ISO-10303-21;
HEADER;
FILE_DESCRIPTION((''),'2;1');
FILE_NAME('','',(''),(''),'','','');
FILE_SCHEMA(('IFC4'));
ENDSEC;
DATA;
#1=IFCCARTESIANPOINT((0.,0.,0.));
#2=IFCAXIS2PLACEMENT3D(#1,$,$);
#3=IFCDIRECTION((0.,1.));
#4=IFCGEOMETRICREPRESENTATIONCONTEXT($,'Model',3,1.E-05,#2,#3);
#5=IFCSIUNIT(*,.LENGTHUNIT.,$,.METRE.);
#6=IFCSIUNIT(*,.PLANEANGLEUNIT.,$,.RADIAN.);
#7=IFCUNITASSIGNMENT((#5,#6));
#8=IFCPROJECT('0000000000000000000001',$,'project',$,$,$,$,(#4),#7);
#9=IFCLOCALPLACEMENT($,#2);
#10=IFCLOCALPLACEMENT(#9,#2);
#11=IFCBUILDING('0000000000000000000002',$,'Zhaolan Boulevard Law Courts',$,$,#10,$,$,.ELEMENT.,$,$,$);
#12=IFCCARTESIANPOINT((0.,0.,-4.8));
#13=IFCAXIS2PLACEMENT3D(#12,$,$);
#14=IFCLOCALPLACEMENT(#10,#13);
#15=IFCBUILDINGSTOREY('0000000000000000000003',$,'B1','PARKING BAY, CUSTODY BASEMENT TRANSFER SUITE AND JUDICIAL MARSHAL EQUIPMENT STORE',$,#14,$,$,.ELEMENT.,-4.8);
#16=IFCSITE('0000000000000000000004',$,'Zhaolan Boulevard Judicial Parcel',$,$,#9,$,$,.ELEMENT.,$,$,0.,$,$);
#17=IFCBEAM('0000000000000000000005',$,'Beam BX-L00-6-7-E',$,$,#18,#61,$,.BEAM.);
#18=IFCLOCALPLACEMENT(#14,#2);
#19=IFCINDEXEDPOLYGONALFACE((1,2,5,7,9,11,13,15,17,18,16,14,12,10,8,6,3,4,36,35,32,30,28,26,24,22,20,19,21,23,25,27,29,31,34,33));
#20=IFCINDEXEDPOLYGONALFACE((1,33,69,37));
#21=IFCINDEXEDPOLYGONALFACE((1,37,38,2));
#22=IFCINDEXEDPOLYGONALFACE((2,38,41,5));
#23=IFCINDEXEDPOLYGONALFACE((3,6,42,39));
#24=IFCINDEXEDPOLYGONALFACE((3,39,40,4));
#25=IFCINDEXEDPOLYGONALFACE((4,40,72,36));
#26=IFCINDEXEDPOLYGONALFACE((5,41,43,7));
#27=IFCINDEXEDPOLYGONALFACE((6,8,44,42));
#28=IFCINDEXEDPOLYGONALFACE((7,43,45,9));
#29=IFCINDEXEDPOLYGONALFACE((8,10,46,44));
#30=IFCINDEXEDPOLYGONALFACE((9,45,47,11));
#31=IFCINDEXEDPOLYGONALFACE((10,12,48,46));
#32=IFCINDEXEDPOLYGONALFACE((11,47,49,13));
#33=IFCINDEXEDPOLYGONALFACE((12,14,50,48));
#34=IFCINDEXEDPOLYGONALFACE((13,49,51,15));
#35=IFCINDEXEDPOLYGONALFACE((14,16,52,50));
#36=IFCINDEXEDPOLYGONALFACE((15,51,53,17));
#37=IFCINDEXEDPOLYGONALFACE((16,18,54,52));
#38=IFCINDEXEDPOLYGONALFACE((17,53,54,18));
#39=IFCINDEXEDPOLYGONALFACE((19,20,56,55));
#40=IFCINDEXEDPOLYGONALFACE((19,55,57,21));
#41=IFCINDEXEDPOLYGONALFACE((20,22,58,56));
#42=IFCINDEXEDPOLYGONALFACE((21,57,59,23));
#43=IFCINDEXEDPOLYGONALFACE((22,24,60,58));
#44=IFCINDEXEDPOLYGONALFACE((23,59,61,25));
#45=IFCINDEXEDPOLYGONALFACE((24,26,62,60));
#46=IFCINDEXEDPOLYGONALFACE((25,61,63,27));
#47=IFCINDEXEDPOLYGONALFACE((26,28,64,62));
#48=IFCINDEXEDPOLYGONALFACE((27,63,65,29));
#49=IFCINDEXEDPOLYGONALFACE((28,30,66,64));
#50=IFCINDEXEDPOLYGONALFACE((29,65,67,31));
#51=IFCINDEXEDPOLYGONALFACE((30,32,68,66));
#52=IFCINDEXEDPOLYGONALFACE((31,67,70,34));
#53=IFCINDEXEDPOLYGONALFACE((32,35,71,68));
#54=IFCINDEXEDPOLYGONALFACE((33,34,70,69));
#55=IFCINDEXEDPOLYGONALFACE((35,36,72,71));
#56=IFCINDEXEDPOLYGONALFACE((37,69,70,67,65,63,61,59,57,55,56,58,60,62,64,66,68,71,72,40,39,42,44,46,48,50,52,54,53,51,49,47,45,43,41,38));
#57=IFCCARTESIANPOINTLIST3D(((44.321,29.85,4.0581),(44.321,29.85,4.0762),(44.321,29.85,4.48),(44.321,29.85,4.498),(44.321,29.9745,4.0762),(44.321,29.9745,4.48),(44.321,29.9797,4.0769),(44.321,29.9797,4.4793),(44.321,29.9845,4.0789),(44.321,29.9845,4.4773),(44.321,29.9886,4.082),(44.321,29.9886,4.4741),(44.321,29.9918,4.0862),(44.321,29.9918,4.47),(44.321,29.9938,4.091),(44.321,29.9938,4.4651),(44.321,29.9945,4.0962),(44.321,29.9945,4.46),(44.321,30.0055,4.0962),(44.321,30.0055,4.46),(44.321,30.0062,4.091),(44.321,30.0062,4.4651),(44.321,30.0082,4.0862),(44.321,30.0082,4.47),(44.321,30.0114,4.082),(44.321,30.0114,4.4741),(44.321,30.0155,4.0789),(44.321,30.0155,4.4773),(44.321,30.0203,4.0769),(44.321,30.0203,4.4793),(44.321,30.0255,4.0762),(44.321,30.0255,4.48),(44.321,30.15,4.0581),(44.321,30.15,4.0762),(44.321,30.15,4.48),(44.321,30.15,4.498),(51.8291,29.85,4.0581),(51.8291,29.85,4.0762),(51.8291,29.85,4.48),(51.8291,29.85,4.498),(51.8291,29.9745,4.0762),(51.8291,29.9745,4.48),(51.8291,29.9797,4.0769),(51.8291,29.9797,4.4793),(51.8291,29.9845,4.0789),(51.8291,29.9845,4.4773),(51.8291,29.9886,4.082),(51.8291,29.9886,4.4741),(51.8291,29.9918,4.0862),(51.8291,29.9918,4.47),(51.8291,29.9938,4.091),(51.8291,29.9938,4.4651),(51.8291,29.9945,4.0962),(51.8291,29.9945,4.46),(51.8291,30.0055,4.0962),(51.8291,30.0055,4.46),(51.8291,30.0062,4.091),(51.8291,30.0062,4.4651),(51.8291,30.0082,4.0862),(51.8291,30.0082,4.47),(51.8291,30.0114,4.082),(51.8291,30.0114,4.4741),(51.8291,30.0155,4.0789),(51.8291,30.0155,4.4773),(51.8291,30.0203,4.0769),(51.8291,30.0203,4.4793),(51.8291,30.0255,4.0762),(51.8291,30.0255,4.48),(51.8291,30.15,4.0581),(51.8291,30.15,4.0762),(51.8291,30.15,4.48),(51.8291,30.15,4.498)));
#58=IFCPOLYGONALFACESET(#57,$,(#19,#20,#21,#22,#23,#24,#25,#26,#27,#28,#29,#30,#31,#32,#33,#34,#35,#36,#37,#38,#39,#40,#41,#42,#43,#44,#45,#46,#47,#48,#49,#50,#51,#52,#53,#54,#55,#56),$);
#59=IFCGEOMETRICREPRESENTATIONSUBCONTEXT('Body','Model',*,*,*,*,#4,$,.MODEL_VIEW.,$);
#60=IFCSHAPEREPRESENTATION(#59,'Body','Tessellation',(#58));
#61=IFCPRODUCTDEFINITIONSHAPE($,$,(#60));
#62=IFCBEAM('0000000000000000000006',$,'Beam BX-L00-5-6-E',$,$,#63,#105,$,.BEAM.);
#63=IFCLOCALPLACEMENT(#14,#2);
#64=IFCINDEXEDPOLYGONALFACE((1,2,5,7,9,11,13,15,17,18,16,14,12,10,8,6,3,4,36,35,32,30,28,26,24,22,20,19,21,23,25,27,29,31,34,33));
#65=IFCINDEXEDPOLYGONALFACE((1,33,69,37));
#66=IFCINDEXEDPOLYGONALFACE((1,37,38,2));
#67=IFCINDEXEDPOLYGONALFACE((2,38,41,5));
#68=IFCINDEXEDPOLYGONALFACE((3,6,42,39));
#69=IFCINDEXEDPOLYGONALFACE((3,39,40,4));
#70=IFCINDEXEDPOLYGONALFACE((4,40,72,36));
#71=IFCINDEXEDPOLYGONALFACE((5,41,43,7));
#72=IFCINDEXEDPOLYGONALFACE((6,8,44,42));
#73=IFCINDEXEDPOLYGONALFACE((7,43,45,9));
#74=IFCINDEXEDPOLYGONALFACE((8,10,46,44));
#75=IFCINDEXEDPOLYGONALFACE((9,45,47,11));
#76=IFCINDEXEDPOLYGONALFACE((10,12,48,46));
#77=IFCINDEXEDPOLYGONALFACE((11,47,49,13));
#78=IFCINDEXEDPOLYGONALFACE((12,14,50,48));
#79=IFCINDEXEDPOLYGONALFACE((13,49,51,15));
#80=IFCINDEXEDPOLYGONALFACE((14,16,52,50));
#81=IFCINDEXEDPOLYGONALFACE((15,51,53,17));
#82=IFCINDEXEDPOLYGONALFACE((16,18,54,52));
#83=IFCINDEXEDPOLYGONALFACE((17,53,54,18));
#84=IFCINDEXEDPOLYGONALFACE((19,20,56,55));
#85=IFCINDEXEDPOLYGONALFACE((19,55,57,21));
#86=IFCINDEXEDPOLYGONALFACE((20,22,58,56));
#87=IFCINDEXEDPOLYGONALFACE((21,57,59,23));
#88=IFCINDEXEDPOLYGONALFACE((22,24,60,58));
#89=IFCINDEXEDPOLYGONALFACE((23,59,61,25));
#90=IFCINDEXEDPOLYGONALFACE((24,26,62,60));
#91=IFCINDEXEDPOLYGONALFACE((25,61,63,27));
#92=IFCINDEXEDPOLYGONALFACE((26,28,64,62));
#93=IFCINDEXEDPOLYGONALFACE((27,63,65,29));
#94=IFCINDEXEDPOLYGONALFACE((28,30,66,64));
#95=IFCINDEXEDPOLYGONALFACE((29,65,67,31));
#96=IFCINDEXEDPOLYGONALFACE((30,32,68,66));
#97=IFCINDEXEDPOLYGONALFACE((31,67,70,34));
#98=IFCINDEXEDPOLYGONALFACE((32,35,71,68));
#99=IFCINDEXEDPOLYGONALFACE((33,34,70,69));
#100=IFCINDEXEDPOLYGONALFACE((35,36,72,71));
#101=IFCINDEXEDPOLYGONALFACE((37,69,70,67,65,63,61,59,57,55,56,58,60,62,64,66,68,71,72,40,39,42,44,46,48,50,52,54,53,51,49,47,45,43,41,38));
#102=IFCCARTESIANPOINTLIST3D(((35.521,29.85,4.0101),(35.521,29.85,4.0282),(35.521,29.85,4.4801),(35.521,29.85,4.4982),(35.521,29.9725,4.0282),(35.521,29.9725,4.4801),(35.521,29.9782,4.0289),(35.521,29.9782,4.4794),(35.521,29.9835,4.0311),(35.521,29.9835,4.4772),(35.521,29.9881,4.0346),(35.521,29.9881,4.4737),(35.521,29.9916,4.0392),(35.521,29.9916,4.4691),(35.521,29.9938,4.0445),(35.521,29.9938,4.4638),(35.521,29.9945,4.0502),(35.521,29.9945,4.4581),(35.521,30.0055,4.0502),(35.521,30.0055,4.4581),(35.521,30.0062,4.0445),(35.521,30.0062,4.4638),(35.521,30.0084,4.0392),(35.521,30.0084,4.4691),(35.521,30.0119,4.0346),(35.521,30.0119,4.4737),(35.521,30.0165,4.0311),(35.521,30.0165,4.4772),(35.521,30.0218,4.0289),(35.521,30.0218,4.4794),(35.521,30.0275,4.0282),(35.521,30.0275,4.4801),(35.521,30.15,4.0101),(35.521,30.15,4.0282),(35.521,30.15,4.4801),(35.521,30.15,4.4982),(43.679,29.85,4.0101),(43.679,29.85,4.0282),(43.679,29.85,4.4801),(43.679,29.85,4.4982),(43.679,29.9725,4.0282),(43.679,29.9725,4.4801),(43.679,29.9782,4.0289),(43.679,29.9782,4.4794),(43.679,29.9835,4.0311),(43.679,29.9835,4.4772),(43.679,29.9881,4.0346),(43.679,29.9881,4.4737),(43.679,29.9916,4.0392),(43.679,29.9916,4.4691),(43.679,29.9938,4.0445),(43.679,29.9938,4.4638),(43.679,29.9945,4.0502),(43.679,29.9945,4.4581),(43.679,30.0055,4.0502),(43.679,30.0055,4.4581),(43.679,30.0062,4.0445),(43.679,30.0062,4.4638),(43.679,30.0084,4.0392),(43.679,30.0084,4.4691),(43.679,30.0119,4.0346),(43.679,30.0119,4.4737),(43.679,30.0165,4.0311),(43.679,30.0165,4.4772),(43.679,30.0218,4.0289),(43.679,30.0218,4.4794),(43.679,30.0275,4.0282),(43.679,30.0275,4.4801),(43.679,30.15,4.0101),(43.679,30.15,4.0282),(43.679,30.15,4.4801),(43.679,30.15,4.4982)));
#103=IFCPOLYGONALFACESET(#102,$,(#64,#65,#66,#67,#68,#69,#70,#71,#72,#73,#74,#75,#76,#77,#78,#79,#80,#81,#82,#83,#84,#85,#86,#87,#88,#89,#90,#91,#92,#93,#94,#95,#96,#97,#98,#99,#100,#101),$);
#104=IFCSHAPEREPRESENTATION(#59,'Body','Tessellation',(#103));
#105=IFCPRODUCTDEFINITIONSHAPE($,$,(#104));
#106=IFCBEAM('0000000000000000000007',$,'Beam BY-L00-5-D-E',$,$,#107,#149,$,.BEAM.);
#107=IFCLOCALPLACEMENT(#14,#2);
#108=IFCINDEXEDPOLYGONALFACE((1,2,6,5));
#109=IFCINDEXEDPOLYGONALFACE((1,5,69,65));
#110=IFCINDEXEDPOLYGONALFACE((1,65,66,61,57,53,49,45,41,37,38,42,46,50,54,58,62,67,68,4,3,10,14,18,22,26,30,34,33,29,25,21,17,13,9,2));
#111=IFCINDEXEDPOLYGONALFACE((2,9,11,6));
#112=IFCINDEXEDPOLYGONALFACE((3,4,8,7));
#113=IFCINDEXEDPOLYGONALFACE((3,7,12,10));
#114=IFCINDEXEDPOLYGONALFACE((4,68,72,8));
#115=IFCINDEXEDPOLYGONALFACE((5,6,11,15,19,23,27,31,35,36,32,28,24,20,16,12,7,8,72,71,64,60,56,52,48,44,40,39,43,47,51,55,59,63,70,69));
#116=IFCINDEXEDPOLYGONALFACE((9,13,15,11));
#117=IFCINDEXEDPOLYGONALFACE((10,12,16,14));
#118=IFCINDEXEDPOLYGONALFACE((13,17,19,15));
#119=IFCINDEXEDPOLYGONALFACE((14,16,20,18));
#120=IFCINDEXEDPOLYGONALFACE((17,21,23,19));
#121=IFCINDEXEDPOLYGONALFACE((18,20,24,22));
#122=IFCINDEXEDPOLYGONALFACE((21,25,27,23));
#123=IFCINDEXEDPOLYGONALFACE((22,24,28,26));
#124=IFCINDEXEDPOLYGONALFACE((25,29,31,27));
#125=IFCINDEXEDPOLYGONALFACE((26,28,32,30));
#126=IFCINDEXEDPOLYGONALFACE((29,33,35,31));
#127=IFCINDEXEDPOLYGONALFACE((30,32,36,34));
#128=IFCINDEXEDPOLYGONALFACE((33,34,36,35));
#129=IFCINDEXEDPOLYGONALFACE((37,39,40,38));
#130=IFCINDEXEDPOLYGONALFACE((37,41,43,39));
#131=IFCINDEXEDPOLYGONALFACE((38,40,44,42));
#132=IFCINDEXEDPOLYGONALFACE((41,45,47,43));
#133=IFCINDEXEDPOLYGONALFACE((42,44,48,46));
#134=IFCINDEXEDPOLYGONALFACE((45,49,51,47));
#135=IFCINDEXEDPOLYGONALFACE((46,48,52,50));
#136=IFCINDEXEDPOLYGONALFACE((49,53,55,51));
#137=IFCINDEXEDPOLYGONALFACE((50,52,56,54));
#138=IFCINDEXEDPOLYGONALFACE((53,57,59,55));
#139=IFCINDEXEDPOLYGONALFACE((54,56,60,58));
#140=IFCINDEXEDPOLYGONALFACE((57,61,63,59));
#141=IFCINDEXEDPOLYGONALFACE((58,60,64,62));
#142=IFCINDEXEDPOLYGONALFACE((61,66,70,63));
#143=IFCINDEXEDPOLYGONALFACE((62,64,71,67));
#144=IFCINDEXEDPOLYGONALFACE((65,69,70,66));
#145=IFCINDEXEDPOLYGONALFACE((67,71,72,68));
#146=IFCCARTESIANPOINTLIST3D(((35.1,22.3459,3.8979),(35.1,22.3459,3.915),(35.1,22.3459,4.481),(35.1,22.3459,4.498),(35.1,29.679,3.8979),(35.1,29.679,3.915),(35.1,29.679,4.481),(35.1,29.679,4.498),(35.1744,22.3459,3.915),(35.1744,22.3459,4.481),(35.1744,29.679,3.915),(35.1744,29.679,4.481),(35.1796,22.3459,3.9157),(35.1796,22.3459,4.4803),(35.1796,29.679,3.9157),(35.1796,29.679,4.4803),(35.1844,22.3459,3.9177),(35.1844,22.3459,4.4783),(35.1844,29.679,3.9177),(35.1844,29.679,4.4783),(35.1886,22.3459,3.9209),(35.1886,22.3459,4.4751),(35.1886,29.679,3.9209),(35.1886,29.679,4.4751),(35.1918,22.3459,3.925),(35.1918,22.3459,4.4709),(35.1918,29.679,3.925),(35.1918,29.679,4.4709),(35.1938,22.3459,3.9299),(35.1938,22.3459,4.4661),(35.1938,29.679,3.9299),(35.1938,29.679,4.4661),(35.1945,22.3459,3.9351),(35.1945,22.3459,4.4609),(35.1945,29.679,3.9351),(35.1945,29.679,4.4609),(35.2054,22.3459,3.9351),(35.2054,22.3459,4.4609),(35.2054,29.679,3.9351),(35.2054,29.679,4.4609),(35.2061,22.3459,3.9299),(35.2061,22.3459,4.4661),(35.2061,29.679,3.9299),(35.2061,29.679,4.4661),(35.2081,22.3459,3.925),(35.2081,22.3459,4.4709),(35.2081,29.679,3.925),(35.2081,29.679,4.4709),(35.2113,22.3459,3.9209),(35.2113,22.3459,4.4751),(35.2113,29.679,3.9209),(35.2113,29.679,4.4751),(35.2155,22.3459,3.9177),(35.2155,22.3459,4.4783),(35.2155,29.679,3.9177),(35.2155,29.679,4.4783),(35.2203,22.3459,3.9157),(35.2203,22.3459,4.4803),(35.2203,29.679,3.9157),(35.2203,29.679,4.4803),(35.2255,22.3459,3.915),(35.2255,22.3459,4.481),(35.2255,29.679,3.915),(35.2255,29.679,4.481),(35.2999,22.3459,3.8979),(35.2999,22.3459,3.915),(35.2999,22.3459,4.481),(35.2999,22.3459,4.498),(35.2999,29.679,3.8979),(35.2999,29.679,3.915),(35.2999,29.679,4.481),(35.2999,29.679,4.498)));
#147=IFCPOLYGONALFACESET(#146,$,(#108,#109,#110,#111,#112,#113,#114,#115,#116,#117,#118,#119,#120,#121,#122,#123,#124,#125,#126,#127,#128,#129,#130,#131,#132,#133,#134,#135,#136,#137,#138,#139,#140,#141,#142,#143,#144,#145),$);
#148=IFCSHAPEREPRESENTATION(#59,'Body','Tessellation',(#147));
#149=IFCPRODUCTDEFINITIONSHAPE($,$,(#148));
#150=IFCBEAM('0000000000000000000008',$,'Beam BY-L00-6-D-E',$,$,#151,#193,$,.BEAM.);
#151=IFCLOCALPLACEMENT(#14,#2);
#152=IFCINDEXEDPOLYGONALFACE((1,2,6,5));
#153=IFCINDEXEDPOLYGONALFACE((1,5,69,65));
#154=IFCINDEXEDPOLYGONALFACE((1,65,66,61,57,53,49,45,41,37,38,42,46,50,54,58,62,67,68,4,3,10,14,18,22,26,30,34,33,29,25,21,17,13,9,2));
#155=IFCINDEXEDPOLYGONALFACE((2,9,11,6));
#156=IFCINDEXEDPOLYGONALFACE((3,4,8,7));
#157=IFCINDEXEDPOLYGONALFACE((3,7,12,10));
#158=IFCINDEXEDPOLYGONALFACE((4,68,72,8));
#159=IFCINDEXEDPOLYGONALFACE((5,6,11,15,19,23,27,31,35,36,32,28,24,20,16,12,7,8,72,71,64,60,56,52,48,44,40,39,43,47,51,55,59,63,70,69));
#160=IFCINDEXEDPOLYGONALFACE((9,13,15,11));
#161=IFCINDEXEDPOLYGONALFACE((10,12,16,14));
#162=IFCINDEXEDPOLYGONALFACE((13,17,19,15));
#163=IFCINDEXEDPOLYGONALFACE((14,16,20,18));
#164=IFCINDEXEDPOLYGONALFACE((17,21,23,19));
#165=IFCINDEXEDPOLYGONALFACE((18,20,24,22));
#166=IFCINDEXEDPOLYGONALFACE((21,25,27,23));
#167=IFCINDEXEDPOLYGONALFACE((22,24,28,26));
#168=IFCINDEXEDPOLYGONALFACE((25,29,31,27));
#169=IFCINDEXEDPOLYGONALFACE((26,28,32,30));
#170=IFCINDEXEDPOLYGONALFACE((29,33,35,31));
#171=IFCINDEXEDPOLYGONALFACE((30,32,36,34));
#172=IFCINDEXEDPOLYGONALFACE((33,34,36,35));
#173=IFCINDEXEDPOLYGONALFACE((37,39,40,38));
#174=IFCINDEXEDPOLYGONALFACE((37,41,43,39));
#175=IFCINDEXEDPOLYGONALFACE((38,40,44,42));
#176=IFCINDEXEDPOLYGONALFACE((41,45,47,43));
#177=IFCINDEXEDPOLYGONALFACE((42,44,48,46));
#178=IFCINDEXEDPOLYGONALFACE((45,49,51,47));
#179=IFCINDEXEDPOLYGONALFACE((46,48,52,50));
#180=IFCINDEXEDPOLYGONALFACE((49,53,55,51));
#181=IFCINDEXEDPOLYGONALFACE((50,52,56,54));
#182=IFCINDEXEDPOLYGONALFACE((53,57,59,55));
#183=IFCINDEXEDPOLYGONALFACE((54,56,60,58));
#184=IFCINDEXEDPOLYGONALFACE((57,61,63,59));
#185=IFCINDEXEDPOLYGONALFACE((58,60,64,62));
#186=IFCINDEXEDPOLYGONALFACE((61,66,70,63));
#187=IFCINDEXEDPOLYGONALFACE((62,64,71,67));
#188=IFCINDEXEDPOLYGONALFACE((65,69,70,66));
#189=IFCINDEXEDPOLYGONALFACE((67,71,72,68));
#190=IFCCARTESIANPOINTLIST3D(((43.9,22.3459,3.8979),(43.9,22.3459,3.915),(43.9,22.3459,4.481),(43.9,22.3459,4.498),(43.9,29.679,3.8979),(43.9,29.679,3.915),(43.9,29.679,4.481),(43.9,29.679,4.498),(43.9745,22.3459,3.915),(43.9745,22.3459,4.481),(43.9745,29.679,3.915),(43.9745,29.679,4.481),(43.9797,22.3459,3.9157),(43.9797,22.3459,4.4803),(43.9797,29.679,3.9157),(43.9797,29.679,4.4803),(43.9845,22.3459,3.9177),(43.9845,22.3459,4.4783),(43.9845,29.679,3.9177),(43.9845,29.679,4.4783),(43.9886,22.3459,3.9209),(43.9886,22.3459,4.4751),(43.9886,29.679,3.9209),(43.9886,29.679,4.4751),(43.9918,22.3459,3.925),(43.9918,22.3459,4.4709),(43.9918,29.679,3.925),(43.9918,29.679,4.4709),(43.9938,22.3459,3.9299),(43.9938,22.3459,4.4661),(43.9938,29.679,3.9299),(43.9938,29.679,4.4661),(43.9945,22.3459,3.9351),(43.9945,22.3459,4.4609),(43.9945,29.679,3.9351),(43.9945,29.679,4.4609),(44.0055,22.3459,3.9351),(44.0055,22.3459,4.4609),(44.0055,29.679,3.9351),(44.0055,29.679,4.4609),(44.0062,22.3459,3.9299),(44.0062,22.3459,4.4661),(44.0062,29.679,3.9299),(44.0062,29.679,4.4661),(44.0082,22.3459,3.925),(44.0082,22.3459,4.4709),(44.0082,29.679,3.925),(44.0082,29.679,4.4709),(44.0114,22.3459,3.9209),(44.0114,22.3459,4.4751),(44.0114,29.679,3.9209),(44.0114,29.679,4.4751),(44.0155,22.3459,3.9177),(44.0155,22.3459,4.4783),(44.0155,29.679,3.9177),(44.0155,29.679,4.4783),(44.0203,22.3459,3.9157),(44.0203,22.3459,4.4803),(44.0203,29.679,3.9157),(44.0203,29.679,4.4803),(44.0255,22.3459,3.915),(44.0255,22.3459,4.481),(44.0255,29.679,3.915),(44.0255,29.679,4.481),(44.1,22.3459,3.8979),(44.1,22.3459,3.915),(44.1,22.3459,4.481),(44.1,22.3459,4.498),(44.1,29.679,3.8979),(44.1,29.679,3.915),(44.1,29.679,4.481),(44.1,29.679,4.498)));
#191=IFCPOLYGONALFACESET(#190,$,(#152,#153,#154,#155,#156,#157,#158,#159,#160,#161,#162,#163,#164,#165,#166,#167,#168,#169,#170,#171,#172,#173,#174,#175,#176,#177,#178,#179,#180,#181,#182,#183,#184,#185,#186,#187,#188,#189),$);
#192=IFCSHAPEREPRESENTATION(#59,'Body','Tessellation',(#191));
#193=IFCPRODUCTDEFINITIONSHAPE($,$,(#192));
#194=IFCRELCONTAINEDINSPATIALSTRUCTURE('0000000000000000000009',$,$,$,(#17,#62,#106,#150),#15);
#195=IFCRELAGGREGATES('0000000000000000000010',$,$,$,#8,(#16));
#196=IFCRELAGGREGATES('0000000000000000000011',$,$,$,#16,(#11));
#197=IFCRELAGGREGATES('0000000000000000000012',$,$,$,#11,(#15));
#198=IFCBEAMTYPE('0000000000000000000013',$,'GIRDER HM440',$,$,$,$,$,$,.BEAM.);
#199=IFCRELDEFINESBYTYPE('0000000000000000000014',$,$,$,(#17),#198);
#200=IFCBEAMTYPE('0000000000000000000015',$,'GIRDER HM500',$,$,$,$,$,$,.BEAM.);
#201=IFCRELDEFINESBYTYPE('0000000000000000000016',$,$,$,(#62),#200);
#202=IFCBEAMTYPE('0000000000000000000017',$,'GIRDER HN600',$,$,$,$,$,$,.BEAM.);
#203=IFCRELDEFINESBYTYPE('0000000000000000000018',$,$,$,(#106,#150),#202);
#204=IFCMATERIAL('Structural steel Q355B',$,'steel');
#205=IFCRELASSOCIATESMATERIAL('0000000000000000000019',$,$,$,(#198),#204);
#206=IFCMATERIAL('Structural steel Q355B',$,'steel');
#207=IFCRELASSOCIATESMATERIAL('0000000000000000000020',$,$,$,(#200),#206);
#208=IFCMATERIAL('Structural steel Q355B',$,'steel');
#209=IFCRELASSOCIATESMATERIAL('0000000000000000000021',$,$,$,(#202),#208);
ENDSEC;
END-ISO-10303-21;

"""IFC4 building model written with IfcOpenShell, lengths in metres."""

from ifc_helpers import new_model, si_unit, direction, frame, origin, origin_2d, place, context, subcontext, project, spatial, i_section, extrude, material, material_profile, profile_set, type_object, element, save


model = new_model("IFC4")

# Units and contexts
model_context = context("Model", 3, precision=1e-05, world=origin(), true_north=direction((0.0, 1.0)))
body_context = subcontext(model_context, "Body", "Model", "MODEL_VIEW")
ifc_project = project(units=[si_unit("LENGTHUNIT", "METRE"), si_unit("PLANEANGLEUNIT", "RADIAN")], contexts=[model_context])

# Site, building, storey
site_placement = place(None, origin())
site = spatial("IfcSite", under=ifc_project, at=site_placement, Name="Zhaolan Boulevard Judicial Parcel", CompositionType="ELEMENT", RefElevation=0.0)
building_placement = place(site_placement, origin())
building = spatial("IfcBuilding", under=site, at=building_placement, Name="Zhaolan Boulevard Law Courts", CompositionType="ELEMENT")
storey_placement = place(building_placement, frame((0.0, 0.0, -4.8)))
storey = spatial("IfcBuildingStorey", under=building, at=storey_placement, Name="B1", Description="PARKING BAY, CUSTODY BASEMENT TRANSFER SUITE AND JUDICIAL MARSHAL EQUIPMENT STORE", CompositionType="ELEMENT", Elevation=-4.8)

# Beams
ifc_material_1 = material(Name="Structural steel Q355B", Category="steel")
ifc_material_profile_1 = material_profile(ifc_material_1, i_section(OverallWidth=0.3, OverallDepth=0.4399, WebThickness=0.011, FlangeThickness=0.0181, FilletRadius=0.02, at=origin_2d()), Name="HM440x300")
ifc_profile_set_1 = profile_set([ifc_material_profile_1], Name="Structural steel Q355B")
beam_type_1 = type_object("IfcBeamType", Name="GIRDER HM440", PredefinedType="BEAM", material=ifc_profile_set_1)
beam_1_placement = place(storey_placement, frame((44.321, 30.0, 4.2781), z_axis=(1.0, 0.0, 0.0), x_axis=(0.0, 1.0, 0.0)))
element("IfcBeam", 1, at=beam_1_placement, inside=storey, type_object=beam_type_1, Name="Beam BX-L00-6-7-E", PredefinedType="BEAM", context=body_context, shape_type="SweptSolid", body=[
    extrude(i_section(OverallWidth=0.3, OverallDepth=0.4399, WebThickness=0.011, FlangeThickness=0.0181, FilletRadius=0.02, at=origin_2d()), origin(), (0.0, 0.0, 1.0), 7.5081),
])
ifc_material_2 = material(Name="Structural steel Q355B", Category="steel")
ifc_material_profile_2 = material_profile(ifc_material_2, i_section(OverallWidth=0.3, OverallDepth=0.488, WebThickness=0.011, FlangeThickness=0.0181, FilletRadius=0.022, at=origin_2d()), Name="HM488x300")
ifc_profile_set_2 = profile_set([ifc_material_profile_2], Name="Structural steel Q355B")
beam_type_2 = type_object("IfcBeamType", Name="GIRDER HM500", PredefinedType="BEAM", material=ifc_profile_set_2)
beam_2_placement = place(storey_placement, frame((35.521, 30.0, 4.2542), z_axis=(1.0, 0.0, 0.0), x_axis=(0.0, 1.0, 0.0)))
element("IfcBeam", 2, at=beam_2_placement, inside=storey, type_object=beam_type_2, Name="Beam BX-L00-5-6-E", PredefinedType="BEAM", context=body_context, shape_type="SweptSolid", body=[
    extrude(i_section(OverallWidth=0.3, OverallDepth=0.488, WebThickness=0.011, FlangeThickness=0.0181, FilletRadius=0.022, at=origin_2d()), origin(), (0.0, 0.0, 1.0), 8.158),
])
ifc_material_3 = material(Name="Structural steel Q355B", Category="steel")
ifc_material_profile_3 = material_profile(ifc_material_3, i_section(OverallWidth=0.2, OverallDepth=0.6001, WebThickness=0.011, FlangeThickness=0.0171, FilletRadius=0.02, at=origin_2d()), Name="HN600x200")
ifc_profile_set_3 = profile_set([ifc_material_profile_3], Name="Structural steel Q355B")
beam_type_3 = type_object("IfcBeamType", Name="GIRDER HN600", PredefinedType="BEAM", material=ifc_profile_set_3)
for number, where, z_axis, x_axis, name in (
    (3, (35.2, 22.3459, 4.198), (0.0, 1.0, 0.0), (-1.0, 0.0, 0.0), "Beam BY-L00-5-D-E"),
    (4, (44.0, 22.3459, 4.198), (0.0, 1.0, 0.0), (-1.0, 0.0, 0.0), "Beam BY-L00-6-D-E"),
):
    element("IfcBeam", number, at=place(storey_placement, frame(where, z_axis=z_axis, x_axis=x_axis)), inside=storey, type_object=beam_type_3, Name=name, PredefinedType="BEAM", context=body_context, shape_type="SweptSolid", body=[
        extrude(i_section(OverallWidth=0.2, OverallDepth=0.6001, WebThickness=0.011, FlangeThickness=0.0171, FilletRadius=0.02, at=origin_2d()), origin(), (0.0, 0.0, 1.0), 7.333),
    ])

save(model, "model.ifc")
